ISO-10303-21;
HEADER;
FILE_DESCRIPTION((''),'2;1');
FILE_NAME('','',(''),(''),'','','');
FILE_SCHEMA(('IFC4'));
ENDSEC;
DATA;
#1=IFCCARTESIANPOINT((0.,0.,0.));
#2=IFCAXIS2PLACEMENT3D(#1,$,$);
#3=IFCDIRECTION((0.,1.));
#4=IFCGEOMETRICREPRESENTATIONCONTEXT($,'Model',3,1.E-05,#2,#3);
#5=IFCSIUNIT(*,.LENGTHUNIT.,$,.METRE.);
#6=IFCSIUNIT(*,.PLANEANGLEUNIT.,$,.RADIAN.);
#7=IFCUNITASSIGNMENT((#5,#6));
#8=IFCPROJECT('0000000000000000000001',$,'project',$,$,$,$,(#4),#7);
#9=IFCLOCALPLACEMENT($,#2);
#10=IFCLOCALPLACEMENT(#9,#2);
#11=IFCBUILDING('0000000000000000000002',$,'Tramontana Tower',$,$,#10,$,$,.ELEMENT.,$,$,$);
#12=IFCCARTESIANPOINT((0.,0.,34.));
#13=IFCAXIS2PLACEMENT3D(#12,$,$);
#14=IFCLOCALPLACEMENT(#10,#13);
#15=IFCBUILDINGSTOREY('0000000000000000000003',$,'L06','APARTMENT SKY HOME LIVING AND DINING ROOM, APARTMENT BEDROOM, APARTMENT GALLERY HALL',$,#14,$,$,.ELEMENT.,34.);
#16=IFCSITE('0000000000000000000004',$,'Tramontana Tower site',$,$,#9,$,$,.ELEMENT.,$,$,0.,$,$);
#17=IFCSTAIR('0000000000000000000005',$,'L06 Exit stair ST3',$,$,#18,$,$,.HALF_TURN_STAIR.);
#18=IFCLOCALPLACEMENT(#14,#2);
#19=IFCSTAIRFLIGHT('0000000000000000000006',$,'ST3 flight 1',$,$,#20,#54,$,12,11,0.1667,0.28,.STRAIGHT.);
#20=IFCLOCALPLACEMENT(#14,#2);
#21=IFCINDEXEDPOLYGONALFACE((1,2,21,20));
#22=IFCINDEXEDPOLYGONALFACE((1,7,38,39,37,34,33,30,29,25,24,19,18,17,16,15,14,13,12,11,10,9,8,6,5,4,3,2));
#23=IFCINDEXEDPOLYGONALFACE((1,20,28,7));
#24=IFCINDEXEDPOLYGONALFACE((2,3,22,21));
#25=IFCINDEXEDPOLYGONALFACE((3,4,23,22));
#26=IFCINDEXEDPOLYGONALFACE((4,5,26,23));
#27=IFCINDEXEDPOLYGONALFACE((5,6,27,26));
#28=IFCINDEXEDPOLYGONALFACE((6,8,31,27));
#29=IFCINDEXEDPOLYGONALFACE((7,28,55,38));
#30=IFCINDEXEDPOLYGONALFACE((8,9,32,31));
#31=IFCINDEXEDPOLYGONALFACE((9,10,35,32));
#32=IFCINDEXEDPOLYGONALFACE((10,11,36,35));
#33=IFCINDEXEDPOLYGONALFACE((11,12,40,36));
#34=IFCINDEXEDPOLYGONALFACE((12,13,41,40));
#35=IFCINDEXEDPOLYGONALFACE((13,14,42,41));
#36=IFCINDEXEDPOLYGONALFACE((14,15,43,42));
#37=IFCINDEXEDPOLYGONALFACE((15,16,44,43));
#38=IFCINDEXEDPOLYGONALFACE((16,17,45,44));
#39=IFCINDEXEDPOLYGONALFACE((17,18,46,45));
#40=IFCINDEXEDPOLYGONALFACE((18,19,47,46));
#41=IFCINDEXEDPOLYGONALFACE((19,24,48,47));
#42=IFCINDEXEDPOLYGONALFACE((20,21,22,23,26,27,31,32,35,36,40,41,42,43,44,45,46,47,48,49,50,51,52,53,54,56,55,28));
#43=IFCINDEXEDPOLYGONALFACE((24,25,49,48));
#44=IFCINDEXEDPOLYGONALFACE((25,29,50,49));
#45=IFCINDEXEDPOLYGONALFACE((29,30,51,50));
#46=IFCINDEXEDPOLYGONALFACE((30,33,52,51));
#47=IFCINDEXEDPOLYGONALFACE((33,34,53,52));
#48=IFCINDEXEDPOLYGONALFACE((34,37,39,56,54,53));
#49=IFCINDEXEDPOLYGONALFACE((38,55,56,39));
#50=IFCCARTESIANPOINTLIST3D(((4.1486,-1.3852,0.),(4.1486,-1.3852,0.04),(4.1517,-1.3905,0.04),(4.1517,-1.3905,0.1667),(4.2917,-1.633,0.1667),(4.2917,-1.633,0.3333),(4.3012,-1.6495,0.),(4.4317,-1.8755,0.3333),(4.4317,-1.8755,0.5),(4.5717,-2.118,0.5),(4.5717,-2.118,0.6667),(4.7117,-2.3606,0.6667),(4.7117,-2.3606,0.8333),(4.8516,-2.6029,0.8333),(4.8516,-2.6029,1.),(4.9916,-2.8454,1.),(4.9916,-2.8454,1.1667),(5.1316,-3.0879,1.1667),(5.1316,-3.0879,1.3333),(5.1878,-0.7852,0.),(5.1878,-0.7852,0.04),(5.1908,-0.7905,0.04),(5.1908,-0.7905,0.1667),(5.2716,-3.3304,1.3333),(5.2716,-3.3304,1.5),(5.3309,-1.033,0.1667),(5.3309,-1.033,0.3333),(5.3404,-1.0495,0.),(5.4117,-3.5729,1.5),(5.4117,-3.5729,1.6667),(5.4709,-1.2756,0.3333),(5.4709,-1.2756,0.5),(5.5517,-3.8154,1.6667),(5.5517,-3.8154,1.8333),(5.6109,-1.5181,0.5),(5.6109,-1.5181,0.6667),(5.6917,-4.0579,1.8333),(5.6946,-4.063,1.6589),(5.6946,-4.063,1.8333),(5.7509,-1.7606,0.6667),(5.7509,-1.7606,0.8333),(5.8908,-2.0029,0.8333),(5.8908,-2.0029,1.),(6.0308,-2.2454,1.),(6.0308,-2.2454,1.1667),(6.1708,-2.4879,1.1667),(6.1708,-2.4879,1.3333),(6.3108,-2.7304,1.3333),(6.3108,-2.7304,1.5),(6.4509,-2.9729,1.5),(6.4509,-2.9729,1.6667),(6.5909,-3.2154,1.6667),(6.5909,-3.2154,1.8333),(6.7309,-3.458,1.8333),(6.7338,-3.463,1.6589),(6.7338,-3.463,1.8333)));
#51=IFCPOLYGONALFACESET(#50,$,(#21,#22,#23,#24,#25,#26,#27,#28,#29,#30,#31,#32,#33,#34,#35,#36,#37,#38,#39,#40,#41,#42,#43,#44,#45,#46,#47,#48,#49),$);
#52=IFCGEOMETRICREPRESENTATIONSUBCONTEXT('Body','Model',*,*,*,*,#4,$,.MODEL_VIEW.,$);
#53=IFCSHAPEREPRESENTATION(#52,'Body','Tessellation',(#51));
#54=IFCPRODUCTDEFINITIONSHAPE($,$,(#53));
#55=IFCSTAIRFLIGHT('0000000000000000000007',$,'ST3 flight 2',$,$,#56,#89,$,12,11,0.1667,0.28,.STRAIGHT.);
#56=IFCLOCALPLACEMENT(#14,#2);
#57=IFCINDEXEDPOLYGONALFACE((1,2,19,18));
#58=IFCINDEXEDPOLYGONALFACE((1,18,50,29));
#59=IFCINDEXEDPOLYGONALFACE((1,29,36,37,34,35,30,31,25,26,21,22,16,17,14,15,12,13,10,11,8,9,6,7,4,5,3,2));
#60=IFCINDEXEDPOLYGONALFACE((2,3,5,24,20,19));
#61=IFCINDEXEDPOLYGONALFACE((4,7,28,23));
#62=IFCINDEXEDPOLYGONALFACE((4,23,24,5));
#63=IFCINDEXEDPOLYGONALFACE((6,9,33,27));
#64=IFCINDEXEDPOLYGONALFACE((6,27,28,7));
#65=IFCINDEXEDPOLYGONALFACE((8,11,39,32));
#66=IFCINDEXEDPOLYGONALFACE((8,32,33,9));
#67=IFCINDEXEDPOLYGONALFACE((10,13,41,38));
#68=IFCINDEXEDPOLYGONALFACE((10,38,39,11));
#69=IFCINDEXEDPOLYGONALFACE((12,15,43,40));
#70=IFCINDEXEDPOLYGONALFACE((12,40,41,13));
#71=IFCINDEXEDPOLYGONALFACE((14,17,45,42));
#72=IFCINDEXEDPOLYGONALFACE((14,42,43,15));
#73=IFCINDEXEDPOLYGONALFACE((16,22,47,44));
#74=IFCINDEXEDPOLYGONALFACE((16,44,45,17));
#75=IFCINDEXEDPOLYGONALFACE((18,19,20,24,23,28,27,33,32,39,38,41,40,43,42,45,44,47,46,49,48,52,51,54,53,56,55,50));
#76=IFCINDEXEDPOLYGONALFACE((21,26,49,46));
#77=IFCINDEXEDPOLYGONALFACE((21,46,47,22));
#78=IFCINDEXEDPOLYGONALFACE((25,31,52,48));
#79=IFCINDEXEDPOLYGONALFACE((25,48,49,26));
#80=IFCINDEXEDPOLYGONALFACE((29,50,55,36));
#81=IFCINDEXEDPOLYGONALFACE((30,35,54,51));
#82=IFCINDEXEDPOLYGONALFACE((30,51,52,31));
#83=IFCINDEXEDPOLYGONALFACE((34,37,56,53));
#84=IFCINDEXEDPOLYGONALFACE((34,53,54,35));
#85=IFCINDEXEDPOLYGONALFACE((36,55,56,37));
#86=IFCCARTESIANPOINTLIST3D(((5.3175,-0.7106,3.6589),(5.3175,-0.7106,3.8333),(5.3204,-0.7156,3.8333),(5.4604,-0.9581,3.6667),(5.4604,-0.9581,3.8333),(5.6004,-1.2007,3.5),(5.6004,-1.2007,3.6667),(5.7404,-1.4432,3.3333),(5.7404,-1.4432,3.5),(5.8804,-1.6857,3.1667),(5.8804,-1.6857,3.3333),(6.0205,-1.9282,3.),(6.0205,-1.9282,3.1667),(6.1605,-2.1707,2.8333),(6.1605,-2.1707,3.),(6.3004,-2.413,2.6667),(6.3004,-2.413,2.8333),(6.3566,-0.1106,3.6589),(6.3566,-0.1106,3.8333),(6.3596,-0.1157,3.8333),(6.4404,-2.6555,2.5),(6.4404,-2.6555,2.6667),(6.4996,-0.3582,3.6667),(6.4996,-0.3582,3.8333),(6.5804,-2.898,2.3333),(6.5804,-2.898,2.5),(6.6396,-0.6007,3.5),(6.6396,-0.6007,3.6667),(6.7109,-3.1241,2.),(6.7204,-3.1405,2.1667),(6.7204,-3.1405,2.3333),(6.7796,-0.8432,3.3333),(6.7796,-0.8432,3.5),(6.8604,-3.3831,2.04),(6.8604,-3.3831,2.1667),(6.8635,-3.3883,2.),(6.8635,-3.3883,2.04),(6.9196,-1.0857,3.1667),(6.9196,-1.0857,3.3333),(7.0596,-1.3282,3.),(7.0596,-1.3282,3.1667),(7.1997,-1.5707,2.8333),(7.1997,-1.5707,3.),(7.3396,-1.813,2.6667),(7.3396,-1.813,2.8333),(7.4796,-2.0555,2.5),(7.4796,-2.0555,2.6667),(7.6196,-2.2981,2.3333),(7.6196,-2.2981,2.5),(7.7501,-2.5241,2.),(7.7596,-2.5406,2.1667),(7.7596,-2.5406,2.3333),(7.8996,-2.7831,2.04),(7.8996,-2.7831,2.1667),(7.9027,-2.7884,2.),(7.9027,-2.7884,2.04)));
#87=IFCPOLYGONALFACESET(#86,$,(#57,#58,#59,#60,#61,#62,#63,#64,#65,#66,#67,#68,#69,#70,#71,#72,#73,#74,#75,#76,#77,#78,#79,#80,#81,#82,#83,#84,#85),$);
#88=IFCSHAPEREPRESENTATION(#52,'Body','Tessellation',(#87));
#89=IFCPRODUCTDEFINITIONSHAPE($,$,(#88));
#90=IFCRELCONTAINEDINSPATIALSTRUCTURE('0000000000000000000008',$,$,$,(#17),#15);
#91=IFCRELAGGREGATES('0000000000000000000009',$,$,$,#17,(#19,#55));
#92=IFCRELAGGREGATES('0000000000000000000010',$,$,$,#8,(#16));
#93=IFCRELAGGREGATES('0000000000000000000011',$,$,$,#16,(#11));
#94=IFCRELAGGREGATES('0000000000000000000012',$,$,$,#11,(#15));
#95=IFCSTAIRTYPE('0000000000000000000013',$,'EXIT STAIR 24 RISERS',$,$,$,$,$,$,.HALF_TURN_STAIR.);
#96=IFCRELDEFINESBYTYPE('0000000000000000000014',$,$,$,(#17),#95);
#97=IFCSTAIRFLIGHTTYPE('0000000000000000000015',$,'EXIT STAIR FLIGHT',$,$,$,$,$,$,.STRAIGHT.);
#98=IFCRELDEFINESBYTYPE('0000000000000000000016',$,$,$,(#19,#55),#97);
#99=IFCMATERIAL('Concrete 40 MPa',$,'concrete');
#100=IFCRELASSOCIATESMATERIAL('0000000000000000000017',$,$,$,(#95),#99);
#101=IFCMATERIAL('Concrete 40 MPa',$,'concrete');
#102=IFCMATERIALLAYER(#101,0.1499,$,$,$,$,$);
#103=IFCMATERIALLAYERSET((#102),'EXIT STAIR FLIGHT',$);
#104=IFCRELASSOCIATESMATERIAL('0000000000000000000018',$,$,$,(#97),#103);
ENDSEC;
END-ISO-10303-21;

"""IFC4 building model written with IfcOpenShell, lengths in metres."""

from ifc_helpers import new_model, si_unit, direction, frame, origin, place, context, subcontext, project, spatial, polyline, outline, extrude, material, layer, layer_set, type_object, element, aggregate, save


model = new_model("IFC4")

# Units and contexts
model_context = context("Model", 3, precision=1e-05, world=origin(), true_north=direction((0.0, 1.0)))
body_context = subcontext(model_context, "Body", "Model", "MODEL_VIEW")
ifc_project = project(units=[si_unit("LENGTHUNIT", "METRE"), si_unit("PLANEANGLEUNIT", "RADIAN")], contexts=[model_context])

# Site, building, storey
site_placement = place(None, origin())
site = spatial("IfcSite", under=ifc_project, at=site_placement, Name="Tramontana Tower site", CompositionType="ELEMENT", RefElevation=0.0)
building_placement = place(site_placement, origin())
building = spatial("IfcBuilding", under=site, at=building_placement, Name="Tramontana Tower", CompositionType="ELEMENT")
storey_placement = place(building_placement, frame((0.0, 0.0, 34.0)))
storey = spatial("IfcBuildingStorey", under=building, at=storey_placement, Name="L06", Description="APARTMENT SKY HOME LIVING AND DINING ROOM, APARTMENT BEDROOM, APARTMENT GALLERY HALL", CompositionType="ELEMENT", Elevation=34.0)

# Stair, stair flights
ifc_material_1 = material(Name="Concrete 40 MPa", Category="concrete")
stair_type = type_object("IfcStairType", Name="EXIT STAIR 24 RISERS", PredefinedType="HALF_TURN_STAIR", material=ifc_material_1)
stair_placement = place(storey_placement, origin())
stair = element("IfcStair", 1, at=stair_placement, inside=storey, type_object=stair_type, Name="L06 Exit stair ST3", PredefinedType="HALF_TURN_STAIR")
ifc_material_2 = material(Name="Concrete 40 MPa", Category="concrete")
ifc_layer_1 = layer(ifc_material_2, 0.1499)
ifc_layer_set_1 = layer_set([ifc_layer_1], Name="EXIT STAIR FLIGHT")
stair_flight_type = type_object("IfcStairFlightType", Name="EXIT STAIR FLIGHT", PredefinedType="STRAIGHT", material=ifc_layer_set_1)
stair_flight_1_placement = place(storey_placement, frame((4.6711, -1.0906, 0.0), z_axis=(0.0, 0.0, 1.0), x_axis=(0.5, -0.866025, 0.0)))
stair_flight_1 = element("IfcStairFlight", 2, at=stair_flight_1_placement, type_object=stair_flight_type, Name="ST3 flight 1", NumberOfRisers=12, NumberOfTreads=11, PredefinedType="STRAIGHT", RiserHeight=0.1667, TreadLength=0.28, context=body_context, shape_type="SweptSolid", body=[
    extrude(outline(polyline([(-0.0061, 0.0), (-0.0061, 0.04), (0.0, 0.04), (0.0, 0.1667), (0.28, 0.1667), (0.28, 0.3333), (0.5601, 0.3333), (0.5601, 0.5), (0.8401, 0.5), (0.8401, 0.6667), (1.1201, 0.6667), (1.1201, 0.8333), (1.3999, 0.8333), (1.3999, 1.0), (1.6799, 1.0), (1.6799, 1.1667), (1.96, 1.1667), (1.96, 1.3333), (2.24, 1.3333), (2.24, 1.5), (2.52, 1.5), (2.52, 1.6667), (2.8, 1.6667), (2.8, 1.8333), (3.0801, 1.8333), (3.0859, 1.8333), (3.0859, 1.6589), (0.2991, 0.0), (-0.0061, 0.0)])), frame((0.0, 0.6001, 0.0), z_axis=(0.0, -1.0, 0.0), x_axis=(1.0, 0.0, 0.0)), (0.0, 0.0, 1.0), 1.2),
])
stair_flight_2_placement = place(storey_placement, frame((7.3801, -3.083, 2.0), z_axis=(0.0, 0.0, 1.0), x_axis=(-0.5, 0.866025, 0.0)))
stair_flight_2 = element("IfcStairFlight", 3, at=stair_flight_2_placement, type_object=stair_flight_type, Name="ST3 flight 2", NumberOfRisers=12, NumberOfTreads=11, PredefinedType="STRAIGHT", RiserHeight=0.1667, TreadLength=0.28, context=body_context, shape_type="SweptSolid", body=[
    extrude(outline(polyline([(-0.0061, 0.0), (-0.0061, 0.04), (0.0, 0.04), (0.0, 0.1667), (0.28, 0.1667), (0.28, 0.3333), (0.5601, 0.3333), (0.5601, 0.5), (0.8401, 0.5), (0.8401, 0.6667), (1.1201, 0.6667), (1.1201, 0.8333), (1.3999, 0.8333), (1.3999, 1.0), (1.6799, 1.0), (1.6799, 1.1667), (1.96, 1.1667), (1.96, 1.3333), (2.24, 1.3333), (2.24, 1.5), (2.52, 1.5), (2.52, 1.6667), (2.8, 1.6667), (2.8, 1.8333), (3.0801, 1.8333), (3.0859, 1.8333), (3.0859, 1.6589), (0.2991, 0.0), (-0.0061, 0.0)])), frame((0.0, 0.6001, 0.0), z_axis=(0.0, -1.0, 0.0), x_axis=(1.0, 0.0, 0.0)), (0.0, 0.0, 1.0), 1.2),
])
aggregate(stair, [stair_flight_1, stair_flight_2])

save(model, "model.ifc")
